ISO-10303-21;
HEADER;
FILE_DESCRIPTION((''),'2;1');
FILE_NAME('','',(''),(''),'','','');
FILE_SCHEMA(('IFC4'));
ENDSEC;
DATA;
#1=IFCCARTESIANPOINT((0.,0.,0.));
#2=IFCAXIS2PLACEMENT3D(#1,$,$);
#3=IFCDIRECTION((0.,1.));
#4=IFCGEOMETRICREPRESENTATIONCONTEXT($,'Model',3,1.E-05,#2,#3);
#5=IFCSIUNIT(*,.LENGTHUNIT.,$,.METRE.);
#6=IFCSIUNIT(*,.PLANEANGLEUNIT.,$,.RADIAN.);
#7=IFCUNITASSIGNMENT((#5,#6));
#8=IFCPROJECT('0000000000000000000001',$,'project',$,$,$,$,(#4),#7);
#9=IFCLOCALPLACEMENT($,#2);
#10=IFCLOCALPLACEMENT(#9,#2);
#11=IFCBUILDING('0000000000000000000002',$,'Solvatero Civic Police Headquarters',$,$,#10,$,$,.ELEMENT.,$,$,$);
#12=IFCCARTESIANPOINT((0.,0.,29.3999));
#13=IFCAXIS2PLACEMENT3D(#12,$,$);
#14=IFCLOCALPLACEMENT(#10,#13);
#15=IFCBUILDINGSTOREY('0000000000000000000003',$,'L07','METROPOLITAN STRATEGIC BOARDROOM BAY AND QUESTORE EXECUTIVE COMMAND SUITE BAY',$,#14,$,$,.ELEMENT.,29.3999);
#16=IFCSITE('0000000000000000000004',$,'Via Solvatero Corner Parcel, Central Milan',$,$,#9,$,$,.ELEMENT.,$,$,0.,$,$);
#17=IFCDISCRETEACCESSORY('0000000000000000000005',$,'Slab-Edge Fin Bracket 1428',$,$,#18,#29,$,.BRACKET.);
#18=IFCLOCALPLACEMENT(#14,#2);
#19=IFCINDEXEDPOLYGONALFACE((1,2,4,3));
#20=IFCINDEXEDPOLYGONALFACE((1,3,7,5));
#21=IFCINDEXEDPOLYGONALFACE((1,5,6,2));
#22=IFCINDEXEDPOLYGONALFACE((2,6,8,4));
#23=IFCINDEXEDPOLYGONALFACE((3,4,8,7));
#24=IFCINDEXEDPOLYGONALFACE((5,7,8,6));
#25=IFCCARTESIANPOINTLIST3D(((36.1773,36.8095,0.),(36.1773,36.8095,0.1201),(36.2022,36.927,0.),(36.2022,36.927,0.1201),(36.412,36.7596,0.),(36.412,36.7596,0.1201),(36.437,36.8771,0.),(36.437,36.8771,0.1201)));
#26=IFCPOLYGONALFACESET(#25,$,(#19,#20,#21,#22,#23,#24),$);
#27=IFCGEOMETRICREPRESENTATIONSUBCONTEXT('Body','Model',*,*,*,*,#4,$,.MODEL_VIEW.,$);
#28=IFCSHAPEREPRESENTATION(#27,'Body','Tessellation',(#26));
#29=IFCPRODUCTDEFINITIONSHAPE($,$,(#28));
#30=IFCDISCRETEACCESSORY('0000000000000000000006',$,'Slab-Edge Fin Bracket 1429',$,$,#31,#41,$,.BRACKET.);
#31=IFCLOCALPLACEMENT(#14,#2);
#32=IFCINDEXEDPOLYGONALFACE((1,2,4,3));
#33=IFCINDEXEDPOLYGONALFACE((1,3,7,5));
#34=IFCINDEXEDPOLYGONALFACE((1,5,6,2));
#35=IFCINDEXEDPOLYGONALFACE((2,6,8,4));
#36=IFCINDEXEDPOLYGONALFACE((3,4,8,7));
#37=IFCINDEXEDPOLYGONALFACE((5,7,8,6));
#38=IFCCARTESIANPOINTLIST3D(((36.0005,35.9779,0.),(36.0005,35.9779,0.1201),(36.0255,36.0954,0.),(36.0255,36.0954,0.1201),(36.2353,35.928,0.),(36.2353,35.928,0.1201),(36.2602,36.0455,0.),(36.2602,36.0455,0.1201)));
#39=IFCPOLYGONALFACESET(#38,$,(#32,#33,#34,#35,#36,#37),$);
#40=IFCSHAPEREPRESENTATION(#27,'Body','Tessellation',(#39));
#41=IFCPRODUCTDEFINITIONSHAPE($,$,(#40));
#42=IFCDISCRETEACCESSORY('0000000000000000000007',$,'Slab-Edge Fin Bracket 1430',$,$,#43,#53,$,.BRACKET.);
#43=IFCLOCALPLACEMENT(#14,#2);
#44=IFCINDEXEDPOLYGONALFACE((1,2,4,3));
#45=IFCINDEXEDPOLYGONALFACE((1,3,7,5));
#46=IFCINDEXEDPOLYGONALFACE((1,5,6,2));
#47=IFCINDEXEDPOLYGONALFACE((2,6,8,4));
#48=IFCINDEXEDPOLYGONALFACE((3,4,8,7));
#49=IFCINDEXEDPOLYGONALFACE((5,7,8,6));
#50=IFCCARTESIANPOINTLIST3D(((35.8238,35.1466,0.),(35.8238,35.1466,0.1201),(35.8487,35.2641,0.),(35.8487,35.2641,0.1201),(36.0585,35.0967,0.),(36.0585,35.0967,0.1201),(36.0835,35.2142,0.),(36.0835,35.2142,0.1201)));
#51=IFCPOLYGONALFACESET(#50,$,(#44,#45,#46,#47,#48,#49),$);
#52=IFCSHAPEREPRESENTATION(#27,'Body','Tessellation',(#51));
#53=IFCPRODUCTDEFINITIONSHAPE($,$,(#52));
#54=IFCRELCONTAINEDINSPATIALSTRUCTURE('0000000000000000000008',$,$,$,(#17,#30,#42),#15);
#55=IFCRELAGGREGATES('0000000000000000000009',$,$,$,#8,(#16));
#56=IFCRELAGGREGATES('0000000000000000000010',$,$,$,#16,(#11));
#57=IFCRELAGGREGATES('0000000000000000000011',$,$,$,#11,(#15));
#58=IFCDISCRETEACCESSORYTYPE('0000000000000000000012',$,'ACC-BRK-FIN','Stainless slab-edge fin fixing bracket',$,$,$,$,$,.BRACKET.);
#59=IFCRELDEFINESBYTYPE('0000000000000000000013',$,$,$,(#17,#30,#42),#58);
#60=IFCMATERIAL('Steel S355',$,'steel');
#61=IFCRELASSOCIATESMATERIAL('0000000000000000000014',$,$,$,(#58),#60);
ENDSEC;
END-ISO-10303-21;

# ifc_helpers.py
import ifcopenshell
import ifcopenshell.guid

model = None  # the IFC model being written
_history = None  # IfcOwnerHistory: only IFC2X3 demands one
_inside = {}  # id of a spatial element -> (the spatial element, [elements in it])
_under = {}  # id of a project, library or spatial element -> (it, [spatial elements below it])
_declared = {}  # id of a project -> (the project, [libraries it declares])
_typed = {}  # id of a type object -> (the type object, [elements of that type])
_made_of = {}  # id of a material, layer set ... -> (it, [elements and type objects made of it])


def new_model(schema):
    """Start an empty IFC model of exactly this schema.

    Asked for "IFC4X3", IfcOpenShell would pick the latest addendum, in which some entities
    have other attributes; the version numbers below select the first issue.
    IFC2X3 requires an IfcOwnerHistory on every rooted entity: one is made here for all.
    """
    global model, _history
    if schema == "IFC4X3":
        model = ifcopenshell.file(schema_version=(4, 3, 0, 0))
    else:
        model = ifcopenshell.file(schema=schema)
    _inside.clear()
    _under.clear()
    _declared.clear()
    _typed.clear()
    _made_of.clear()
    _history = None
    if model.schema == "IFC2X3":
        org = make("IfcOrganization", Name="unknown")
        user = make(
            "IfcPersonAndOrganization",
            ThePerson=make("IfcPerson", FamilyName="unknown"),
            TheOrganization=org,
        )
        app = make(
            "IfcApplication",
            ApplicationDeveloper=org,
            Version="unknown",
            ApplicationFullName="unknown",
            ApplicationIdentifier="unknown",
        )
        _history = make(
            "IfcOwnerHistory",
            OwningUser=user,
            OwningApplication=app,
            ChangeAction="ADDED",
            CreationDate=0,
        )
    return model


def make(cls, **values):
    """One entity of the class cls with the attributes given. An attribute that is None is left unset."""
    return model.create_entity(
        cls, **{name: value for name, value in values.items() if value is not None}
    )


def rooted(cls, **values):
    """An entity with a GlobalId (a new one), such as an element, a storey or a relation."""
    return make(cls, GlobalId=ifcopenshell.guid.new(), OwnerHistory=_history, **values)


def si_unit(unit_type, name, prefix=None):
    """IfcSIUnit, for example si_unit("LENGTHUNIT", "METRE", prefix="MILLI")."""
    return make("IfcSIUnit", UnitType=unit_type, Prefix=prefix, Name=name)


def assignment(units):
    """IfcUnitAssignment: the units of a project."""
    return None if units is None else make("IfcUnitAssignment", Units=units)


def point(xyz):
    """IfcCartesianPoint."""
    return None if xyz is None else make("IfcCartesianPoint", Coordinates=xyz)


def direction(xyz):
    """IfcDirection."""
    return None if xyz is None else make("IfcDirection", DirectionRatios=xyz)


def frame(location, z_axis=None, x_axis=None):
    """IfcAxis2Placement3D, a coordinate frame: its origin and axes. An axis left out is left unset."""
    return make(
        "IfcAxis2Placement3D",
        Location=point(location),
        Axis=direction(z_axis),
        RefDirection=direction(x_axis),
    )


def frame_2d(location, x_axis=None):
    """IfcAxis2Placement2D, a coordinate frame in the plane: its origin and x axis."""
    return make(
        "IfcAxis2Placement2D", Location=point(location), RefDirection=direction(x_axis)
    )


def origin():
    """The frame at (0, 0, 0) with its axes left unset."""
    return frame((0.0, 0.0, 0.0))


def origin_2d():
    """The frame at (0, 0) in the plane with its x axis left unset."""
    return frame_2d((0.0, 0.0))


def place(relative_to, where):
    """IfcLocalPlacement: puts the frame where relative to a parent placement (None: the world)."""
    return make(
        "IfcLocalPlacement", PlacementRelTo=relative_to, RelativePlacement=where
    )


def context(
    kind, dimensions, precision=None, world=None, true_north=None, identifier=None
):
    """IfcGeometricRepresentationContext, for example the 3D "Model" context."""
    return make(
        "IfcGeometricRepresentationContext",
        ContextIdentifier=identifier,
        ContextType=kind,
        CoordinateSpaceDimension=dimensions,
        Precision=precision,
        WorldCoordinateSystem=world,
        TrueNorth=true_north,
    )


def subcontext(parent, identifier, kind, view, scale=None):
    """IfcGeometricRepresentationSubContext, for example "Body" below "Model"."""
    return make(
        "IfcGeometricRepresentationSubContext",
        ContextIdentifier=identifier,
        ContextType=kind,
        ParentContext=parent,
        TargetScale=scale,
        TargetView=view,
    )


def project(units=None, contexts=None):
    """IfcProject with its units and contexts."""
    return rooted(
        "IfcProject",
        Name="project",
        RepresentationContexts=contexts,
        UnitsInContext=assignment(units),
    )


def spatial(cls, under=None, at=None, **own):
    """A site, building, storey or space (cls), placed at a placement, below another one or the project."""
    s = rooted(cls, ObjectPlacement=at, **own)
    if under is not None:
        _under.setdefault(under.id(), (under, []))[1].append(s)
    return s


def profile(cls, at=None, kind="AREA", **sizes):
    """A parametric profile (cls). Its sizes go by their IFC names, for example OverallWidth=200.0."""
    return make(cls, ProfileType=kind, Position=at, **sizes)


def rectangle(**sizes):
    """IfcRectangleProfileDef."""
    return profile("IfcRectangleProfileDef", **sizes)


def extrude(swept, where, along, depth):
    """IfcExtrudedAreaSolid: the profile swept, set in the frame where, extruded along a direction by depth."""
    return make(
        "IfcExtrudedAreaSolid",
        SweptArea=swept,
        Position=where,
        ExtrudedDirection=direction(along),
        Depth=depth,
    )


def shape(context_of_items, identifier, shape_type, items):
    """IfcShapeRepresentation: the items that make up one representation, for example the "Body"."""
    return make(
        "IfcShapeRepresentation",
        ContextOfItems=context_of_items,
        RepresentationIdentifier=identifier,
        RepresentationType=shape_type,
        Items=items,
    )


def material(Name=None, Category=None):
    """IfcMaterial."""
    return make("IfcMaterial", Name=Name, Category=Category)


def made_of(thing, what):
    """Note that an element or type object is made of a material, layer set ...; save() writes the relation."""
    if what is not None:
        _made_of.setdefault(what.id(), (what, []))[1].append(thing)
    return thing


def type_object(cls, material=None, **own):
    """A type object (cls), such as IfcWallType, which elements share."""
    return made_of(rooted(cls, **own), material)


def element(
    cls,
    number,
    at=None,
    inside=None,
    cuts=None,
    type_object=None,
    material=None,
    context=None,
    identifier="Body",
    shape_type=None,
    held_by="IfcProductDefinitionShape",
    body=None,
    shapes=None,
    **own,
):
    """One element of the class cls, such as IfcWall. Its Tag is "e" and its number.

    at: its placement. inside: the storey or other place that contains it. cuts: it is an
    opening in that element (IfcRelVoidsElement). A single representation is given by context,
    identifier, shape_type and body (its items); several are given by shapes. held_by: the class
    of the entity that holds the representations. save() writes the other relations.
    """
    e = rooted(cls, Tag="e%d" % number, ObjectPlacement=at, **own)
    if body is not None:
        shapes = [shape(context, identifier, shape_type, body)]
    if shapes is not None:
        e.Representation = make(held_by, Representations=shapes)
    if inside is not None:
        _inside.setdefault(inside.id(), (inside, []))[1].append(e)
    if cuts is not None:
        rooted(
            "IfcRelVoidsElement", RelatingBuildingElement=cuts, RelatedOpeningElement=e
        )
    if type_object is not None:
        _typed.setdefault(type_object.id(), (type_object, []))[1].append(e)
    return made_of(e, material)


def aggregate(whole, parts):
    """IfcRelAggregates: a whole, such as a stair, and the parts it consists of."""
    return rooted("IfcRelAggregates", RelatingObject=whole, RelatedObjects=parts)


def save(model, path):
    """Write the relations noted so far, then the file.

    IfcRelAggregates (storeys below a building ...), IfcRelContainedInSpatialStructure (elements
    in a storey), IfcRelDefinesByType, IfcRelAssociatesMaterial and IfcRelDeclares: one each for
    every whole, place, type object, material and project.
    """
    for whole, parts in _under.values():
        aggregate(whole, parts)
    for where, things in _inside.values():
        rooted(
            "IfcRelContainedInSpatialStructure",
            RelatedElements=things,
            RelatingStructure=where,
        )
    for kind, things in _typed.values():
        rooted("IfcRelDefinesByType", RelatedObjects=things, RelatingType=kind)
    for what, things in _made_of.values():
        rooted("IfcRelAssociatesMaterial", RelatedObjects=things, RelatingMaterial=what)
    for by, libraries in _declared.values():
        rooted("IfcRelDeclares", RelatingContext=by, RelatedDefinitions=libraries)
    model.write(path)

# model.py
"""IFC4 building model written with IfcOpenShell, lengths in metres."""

from ifc_helpers import new_model, si_unit, direction, frame, origin, origin_2d, place, context, subcontext, project, spatial, rectangle, extrude, material, type_object, element, save


model = new_model("IFC4")

# Units and contexts
model_context = context("Model", 3, precision=1e-05, world=origin(), true_north=direction((0.0, 1.0)))
body_context = subcontext(model_context, "Body", "Model", "MODEL_VIEW")
ifc_project = project(units=[si_unit("LENGTHUNIT", "METRE"), si_unit("PLANEANGLEUNIT", "RADIAN")], contexts=[model_context])

# Site, building, storey
site_placement = place(None, origin())
site = spatial("IfcSite", under=ifc_project, at=site_placement, Name="Via Solvatero Corner Parcel, Central Milan", CompositionType="ELEMENT", RefElevation=0.0)
building_placement = place(site_placement, origin())
building = spatial("IfcBuilding", under=site, at=building_placement, Name="Solvatero Civic Police Headquarters", CompositionType="ELEMENT")
storey_placement = place(building_placement, frame((0.0, 0.0, 29.3999)))
storey = spatial("IfcBuildingStorey", under=building, at=storey_placement, Name="L07", Description="METROPOLITAN STRATEGIC BOARDROOM BAY AND QUESTORE EXECUTIVE COMMAND SUITE BAY", CompositionType="ELEMENT", Elevation=29.3999)

# Shared definitions
ifc_material_1 = material(Name="Steel S355", Category="steel")

# Discrete accessories
discrete_accessory_type = type_object("IfcDiscreteAccessoryType", Name="ACC-BRK-FIN", Description="Stainless slab-edge fin fixing bracket", PredefinedType="BRACKET", material=ifc_material_1)
for number, where, z_axis, x_axis, name in (
    (1, (36.3071, 36.8433, 0.0), (0.0, 0.0, 1.0), (-0.207895, -0.978151, 0.0), "Slab-Edge Fin Bracket 1428"),
    (2, (36.1304, 36.0117, 0.0), (0.0, 0.0, 1.0), (-0.207895, -0.978151, 0.0), "Slab-Edge Fin Bracket 1429"),
    (3, (35.9536, 35.1804, 0.0), (0.0, 0.0, 1.0), (-0.207895, -0.978151, 0.0), "Slab-Edge Fin Bracket 1430"),
):
    element("IfcDiscreteAccessory", number, at=place(storey_placement, frame(where, z_axis=z_axis, x_axis=x_axis)), inside=storey, type_object=discrete_accessory_type, Name=name, PredefinedType="BRACKET", context=body_context, shape_type="SweptSolid", body=[
        extrude(rectangle(XDim=0.1201, YDim=0.24, at=origin_2d()), origin(), (0.0, 0.0, 1.0), 0.1201),
    ])

save(model, "model.ifc")
